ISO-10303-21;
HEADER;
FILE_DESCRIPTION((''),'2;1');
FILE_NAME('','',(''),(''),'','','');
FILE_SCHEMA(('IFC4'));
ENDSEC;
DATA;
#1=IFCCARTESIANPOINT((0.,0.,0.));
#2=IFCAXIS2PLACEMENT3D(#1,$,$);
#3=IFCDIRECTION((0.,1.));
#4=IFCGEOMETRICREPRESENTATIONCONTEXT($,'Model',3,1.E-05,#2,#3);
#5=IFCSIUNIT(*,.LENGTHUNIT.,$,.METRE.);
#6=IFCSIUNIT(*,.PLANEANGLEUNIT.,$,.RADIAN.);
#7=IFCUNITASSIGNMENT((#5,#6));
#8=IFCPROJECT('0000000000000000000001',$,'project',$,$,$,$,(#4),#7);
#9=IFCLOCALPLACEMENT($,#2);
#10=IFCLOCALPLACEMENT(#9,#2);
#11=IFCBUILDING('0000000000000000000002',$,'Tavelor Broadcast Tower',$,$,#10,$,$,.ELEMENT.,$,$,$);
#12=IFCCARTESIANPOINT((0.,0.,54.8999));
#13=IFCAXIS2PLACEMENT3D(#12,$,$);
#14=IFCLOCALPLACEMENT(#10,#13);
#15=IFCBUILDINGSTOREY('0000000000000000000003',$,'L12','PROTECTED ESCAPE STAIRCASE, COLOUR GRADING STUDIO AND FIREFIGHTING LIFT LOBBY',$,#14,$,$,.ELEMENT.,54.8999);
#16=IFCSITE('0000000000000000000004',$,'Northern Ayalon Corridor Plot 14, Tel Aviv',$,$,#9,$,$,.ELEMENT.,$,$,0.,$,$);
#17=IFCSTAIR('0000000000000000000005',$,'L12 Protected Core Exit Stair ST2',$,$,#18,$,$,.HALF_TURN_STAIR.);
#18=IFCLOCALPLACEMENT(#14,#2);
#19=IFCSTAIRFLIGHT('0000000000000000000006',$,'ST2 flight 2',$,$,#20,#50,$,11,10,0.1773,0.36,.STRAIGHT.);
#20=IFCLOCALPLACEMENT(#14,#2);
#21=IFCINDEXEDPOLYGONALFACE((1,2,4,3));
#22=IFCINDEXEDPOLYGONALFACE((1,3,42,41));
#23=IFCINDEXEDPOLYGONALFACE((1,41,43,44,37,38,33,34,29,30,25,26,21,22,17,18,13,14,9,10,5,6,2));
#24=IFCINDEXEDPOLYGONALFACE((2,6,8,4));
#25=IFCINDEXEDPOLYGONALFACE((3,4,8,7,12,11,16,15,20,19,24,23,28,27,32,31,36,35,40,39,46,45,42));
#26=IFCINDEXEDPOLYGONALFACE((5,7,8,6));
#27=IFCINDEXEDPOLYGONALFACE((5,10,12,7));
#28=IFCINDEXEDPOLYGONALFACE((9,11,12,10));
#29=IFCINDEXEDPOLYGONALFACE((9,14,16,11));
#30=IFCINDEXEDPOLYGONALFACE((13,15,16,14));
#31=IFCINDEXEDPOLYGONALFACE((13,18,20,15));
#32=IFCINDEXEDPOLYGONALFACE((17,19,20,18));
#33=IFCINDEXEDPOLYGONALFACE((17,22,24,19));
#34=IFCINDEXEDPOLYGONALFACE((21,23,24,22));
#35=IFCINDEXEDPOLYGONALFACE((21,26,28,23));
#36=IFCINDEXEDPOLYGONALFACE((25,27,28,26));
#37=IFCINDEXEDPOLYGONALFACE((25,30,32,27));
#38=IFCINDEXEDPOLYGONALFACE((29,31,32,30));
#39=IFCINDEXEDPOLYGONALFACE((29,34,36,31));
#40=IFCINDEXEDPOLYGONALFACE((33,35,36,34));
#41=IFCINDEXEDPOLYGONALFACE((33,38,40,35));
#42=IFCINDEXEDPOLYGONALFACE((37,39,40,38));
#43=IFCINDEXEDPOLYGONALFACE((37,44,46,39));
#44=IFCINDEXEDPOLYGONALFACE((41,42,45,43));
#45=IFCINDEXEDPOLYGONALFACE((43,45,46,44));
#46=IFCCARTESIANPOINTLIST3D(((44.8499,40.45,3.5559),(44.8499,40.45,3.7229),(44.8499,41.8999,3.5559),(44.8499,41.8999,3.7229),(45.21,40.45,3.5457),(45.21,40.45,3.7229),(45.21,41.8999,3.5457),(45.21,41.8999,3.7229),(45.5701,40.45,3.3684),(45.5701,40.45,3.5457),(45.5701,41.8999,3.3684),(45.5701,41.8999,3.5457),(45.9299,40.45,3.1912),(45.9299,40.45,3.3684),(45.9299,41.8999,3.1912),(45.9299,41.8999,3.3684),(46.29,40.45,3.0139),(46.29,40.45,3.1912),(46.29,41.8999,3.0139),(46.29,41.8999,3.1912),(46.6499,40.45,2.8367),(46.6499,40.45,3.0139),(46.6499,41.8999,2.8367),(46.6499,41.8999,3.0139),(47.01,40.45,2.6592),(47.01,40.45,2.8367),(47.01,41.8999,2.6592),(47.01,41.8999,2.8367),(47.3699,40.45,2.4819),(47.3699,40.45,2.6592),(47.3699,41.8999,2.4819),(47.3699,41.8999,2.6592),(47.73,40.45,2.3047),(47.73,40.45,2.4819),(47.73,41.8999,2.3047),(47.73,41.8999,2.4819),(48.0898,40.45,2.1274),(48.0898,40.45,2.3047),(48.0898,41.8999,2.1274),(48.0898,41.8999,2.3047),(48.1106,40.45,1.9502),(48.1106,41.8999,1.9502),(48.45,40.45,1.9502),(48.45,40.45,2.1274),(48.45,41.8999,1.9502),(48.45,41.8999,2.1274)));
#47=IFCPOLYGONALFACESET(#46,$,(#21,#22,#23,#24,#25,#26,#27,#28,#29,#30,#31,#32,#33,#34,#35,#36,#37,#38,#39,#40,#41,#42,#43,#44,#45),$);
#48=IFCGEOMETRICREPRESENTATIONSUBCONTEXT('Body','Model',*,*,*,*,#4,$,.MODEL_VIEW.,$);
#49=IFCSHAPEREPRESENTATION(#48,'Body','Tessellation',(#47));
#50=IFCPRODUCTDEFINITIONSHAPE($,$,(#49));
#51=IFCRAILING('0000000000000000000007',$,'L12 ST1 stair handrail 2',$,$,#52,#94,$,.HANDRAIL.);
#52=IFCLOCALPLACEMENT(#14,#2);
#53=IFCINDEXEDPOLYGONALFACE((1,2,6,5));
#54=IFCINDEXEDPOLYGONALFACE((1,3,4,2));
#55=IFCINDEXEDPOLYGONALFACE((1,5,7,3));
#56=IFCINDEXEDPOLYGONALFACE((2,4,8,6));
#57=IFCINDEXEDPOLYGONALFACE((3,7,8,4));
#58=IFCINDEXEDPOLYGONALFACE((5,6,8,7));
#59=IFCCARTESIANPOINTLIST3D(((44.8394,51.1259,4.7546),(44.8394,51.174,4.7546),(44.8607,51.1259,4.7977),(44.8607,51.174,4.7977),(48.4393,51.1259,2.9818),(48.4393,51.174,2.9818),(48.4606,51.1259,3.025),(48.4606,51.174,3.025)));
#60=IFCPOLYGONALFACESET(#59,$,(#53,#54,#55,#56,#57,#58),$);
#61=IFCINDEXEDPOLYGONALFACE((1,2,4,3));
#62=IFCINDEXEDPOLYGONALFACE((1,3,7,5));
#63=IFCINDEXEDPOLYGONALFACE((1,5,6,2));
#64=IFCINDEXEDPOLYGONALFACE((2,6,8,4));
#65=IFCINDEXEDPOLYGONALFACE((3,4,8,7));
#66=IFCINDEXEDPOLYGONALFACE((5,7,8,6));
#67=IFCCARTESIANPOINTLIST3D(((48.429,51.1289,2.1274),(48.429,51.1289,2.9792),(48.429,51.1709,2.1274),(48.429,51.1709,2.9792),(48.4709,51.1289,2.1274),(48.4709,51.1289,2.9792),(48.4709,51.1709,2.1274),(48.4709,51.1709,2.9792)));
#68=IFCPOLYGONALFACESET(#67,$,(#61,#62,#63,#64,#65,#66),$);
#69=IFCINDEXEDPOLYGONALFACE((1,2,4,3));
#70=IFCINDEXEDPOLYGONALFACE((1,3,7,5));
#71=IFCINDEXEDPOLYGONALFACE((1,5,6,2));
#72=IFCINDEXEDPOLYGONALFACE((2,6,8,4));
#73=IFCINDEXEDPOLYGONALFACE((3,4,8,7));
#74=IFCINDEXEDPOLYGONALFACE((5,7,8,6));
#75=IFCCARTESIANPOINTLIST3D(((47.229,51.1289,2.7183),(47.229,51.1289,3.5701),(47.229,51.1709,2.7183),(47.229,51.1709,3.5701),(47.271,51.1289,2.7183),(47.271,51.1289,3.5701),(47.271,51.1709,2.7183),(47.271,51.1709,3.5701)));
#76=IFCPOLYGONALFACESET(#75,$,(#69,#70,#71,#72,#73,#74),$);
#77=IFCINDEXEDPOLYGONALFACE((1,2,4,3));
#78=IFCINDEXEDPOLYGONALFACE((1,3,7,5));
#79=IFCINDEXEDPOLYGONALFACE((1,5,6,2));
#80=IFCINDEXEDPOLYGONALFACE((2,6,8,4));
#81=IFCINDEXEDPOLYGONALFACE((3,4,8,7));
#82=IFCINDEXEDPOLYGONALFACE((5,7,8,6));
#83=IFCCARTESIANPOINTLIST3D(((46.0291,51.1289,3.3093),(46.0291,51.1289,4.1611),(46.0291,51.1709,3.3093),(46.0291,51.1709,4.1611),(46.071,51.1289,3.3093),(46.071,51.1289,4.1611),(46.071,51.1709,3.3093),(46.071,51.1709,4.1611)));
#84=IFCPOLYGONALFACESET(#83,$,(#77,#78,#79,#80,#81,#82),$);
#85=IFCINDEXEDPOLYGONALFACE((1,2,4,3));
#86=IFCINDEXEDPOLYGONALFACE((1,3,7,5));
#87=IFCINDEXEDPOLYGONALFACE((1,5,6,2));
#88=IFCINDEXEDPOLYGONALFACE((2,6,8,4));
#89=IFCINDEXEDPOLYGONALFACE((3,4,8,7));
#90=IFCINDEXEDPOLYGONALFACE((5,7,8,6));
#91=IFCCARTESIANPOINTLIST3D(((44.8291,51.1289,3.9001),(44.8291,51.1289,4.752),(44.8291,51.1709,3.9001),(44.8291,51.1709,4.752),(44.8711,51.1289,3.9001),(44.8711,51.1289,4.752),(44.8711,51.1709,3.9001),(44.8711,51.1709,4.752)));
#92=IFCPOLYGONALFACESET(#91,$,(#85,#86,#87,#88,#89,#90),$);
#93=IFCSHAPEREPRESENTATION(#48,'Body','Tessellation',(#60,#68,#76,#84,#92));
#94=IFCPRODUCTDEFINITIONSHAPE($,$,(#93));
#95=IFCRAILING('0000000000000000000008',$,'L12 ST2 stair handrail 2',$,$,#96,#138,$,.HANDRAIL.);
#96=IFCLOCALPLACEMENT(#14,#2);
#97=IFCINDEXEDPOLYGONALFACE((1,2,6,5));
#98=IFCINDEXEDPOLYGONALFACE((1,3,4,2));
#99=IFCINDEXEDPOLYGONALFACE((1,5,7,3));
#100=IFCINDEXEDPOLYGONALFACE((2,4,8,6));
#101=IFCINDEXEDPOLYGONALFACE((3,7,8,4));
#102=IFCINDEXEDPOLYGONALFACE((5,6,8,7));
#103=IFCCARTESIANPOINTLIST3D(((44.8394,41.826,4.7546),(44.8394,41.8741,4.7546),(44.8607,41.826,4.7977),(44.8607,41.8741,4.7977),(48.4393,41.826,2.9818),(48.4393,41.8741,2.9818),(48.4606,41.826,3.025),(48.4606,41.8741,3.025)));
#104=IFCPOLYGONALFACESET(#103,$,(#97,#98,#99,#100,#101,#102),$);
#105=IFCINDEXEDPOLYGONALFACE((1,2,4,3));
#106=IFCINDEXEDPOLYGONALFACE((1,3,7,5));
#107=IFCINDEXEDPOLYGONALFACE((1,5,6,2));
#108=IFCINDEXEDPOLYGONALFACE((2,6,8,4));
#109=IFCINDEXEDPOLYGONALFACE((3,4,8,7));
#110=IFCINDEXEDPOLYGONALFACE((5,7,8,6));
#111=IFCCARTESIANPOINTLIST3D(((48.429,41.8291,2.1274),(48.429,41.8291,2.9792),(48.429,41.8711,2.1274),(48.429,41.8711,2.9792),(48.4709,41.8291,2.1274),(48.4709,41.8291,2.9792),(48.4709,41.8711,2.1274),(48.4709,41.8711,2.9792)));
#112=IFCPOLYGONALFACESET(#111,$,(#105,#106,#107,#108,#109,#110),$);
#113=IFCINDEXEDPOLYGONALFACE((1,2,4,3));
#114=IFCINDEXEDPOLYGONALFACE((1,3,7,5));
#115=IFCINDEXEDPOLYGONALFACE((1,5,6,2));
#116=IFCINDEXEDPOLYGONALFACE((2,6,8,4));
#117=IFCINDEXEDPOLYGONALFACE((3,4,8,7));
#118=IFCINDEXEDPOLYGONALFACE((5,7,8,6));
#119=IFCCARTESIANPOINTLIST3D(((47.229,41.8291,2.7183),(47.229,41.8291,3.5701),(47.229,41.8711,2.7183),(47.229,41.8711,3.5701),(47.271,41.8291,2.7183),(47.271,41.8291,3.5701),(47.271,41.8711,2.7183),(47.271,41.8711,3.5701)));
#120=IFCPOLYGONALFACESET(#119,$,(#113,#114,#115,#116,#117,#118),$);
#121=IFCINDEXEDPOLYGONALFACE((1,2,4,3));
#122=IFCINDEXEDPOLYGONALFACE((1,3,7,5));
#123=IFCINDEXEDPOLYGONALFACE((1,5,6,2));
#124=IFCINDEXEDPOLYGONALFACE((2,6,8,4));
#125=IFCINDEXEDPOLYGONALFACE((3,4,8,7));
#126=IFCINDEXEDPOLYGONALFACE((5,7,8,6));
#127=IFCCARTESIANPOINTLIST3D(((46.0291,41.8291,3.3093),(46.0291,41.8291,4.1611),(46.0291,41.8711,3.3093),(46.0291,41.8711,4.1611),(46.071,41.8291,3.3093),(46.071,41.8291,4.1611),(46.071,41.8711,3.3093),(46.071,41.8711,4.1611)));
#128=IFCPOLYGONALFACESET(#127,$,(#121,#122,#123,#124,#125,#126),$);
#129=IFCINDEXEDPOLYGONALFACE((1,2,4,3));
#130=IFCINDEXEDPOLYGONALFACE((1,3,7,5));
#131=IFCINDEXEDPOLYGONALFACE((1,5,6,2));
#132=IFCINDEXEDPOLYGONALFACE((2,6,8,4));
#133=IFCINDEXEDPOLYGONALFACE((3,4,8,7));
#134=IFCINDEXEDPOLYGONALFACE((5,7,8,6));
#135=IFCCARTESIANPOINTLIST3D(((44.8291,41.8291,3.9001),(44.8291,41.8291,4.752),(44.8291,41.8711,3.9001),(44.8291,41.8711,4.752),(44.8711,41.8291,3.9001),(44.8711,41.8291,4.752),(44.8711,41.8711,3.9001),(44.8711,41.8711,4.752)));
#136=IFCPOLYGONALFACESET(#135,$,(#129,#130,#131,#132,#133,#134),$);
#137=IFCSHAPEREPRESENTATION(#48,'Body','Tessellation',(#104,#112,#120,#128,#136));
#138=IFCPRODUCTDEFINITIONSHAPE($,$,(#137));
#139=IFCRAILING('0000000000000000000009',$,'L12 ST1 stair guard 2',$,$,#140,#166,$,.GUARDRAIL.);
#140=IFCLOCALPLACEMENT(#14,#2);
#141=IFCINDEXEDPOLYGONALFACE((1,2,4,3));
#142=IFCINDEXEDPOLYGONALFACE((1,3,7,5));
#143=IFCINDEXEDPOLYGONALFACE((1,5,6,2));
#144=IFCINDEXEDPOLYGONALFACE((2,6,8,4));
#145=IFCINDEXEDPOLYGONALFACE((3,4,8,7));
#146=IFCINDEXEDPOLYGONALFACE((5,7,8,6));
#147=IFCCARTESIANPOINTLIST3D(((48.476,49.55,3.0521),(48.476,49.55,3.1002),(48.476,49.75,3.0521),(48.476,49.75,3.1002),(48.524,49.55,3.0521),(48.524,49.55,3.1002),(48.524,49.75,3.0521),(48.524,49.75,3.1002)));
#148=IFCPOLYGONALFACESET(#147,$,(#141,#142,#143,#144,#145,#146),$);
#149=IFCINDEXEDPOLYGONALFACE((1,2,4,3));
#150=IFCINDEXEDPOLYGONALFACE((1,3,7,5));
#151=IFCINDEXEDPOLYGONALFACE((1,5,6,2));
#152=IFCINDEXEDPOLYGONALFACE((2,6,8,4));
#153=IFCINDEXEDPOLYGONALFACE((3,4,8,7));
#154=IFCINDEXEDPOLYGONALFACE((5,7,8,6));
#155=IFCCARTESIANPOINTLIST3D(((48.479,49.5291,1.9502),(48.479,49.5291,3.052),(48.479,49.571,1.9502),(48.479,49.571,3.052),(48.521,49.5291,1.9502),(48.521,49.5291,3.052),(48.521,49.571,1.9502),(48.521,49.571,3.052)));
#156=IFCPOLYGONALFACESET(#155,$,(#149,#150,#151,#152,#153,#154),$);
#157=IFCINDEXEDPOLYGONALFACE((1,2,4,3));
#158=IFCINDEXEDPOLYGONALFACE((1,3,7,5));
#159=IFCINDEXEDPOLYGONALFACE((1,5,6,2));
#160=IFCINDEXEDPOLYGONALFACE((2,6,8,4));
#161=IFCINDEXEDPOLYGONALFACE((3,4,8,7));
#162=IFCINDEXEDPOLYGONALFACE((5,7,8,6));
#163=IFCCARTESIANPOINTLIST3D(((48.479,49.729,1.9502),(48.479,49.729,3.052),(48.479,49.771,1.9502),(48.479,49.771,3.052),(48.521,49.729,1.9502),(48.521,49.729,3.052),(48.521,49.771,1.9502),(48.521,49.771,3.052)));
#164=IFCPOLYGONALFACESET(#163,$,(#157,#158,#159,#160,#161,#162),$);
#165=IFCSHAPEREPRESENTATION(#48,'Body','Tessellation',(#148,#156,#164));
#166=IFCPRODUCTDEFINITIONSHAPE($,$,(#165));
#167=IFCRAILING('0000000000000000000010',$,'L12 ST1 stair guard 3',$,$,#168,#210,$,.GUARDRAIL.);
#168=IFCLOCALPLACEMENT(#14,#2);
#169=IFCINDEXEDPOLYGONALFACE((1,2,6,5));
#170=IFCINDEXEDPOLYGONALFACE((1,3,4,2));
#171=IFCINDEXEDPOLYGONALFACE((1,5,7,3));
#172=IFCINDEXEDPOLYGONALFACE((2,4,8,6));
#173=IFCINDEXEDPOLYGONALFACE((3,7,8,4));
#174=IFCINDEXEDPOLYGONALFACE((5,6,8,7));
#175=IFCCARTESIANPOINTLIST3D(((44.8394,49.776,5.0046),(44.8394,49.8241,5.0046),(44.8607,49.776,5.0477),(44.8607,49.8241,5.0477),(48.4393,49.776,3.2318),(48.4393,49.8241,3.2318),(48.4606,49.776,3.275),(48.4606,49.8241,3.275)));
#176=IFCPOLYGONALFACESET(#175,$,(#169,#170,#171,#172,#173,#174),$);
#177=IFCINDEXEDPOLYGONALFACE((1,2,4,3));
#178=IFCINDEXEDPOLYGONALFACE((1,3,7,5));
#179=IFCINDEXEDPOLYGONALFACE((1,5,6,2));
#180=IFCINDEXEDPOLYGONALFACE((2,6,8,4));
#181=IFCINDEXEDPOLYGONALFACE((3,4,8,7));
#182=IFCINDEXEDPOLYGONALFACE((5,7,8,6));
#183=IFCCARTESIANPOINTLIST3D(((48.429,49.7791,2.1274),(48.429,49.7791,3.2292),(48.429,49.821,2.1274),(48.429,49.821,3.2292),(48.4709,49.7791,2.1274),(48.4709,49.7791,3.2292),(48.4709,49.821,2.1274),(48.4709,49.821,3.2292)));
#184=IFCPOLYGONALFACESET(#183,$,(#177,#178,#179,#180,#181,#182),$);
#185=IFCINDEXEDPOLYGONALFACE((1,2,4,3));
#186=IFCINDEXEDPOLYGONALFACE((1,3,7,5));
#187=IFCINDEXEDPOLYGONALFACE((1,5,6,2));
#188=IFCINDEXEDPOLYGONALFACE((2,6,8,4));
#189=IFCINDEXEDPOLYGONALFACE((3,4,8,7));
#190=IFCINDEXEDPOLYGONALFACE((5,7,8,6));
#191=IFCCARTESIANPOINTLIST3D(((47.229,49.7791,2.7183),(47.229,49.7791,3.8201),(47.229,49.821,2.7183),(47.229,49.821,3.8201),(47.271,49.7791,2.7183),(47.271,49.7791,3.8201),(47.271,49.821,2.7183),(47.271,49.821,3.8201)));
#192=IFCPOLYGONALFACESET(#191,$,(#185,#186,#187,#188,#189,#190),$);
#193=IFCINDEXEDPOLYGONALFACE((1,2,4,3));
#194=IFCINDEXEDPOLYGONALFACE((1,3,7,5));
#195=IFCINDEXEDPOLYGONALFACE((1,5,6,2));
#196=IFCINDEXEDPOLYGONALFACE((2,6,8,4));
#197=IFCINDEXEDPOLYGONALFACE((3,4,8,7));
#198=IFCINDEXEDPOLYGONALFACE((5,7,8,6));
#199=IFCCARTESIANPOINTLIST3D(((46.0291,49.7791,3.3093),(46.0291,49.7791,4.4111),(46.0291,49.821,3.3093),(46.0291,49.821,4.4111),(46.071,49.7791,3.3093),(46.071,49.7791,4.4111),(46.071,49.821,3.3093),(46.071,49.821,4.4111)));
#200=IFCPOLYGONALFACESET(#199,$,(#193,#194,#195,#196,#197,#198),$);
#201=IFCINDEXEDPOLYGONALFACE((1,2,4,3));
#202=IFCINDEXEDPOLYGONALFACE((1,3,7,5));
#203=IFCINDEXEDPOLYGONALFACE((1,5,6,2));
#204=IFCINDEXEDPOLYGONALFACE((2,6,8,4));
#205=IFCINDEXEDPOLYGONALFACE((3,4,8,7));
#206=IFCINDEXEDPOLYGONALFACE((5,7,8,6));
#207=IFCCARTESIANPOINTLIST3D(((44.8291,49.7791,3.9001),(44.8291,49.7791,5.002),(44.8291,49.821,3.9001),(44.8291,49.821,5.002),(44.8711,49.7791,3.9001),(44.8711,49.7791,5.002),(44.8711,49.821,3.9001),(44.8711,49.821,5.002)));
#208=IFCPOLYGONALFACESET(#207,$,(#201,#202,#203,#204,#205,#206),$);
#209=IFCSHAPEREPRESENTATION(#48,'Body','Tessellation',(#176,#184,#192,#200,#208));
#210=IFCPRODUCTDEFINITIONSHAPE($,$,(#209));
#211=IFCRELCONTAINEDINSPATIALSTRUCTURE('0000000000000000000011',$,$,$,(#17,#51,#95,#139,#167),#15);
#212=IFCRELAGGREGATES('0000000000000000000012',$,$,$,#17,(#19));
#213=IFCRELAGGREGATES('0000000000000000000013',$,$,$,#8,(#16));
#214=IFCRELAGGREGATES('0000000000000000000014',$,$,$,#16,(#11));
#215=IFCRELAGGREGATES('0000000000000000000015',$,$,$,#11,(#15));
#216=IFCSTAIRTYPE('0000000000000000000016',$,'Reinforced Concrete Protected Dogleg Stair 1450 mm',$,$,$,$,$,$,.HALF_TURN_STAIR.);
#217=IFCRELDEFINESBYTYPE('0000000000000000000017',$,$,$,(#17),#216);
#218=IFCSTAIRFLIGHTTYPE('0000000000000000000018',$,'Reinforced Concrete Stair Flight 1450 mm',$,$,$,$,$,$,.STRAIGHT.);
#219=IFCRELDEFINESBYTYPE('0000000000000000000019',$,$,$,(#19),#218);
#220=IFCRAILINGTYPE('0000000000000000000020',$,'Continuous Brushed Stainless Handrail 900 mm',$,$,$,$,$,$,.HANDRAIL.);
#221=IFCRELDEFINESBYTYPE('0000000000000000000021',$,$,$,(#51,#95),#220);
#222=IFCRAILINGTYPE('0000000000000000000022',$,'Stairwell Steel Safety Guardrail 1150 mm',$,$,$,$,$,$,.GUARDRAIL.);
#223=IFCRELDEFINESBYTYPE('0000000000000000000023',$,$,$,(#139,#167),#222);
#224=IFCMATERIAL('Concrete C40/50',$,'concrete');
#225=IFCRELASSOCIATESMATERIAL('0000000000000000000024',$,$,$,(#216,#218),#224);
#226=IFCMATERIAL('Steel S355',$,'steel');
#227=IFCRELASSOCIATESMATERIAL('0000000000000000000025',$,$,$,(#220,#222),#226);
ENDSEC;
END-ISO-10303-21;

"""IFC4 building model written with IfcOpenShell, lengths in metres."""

from ifc_helpers import new_model, si_unit, direction, frame, origin, origin_2d, place, context, subcontext, project, spatial, polyline, rectangle, outline, extrude, material, type_object, element, aggregate, save


model = new_model("IFC4")

# Units and contexts
model_context = context("Model", 3, precision=1e-05, world=origin(), true_north=direction((0.0, 1.0)))
body_context = subcontext(model_context, "Body", "Model", "MODEL_VIEW")
ifc_project = project(units=[si_unit("LENGTHUNIT", "METRE"), si_unit("PLANEANGLEUNIT", "RADIAN")], contexts=[model_context])

# Site, building, storey
site_placement = place(None, origin())
site = spatial("IfcSite", under=ifc_project, at=site_placement, Name="Northern Ayalon Corridor Plot 14, Tel Aviv", CompositionType="ELEMENT", RefElevation=0.0)
building_placement = place(site_placement, origin())
building = spatial("IfcBuilding", under=site, at=building_placement, Name="Tavelor Broadcast Tower", CompositionType="ELEMENT")
storey_placement = place(building_placement, frame((0.0, 0.0, 54.8999)))
storey = spatial("IfcBuildingStorey", under=building, at=storey_placement, Name="L12", Description="PROTECTED ESCAPE STAIRCASE, COLOUR GRADING STUDIO AND FIREFIGHTING LIFT LOBBY", CompositionType="ELEMENT", Elevation=54.8999)

# Shared definitions
ifc_material_1 = material(Name="Concrete C40/50", Category="concrete")
ifc_material_2 = material(Name="Steel S355", Category="steel")

# Stair, stair flight
stair_type = type_object("IfcStairType", Name="Reinforced Concrete Protected Dogleg Stair 1450 mm", PredefinedType="HALF_TURN_STAIR", material=ifc_material_1)
stair_flight_type = type_object("IfcStairFlightType", Name="Reinforced Concrete Stair Flight 1450 mm", PredefinedType="STRAIGHT", material=ifc_material_1)
stair_1_placement = place(storey_placement, origin())
stair_1 = element("IfcStair", 1, at=stair_1_placement, inside=storey, type_object=stair_type, Name="L12 Protected Core Exit Stair ST2", PredefinedType="HALF_TURN_STAIR")
stair_flight_1_placement = place(storey_placement, frame((48.45, 41.175, 1.9502), z_axis=(0.0, 0.0, 1.0), x_axis=(-1.0, 0.0, 0.0)))
stair_flight_1 = element("IfcStairFlight", 2, at=stair_flight_1_placement, type_object=stair_flight_type, Name="ST2 flight 2", NumberOfRisers=11, NumberOfTreads=10, PredefinedType="STRAIGHT", RiserHeight=0.1773, TreadLength=0.36, context=body_context, shape_type="SweptSolid", body=[
    extrude(outline(polyline([(0.0, 0.0), (0.0, 0.1772), (0.3601, 0.1772), (0.3601, 0.3545), (0.72, 0.3545), (0.72, 0.5317), (1.0801, 0.5317), (1.0801, 0.709), (1.4399, 0.709), (1.4399, 0.8865), (1.8, 0.8865), (1.8, 1.0637), (2.1599, 1.0637), (2.1599, 1.241), (2.52, 1.241), (2.52, 1.4182), (2.8799, 1.4182), (2.8799, 1.5955), (3.24, 1.5955), (3.24, 1.7727), (3.6001, 1.7727), (3.6001, 1.95), (3.6001, 1.6057), (0.3394, 0.0), (0.0, 0.0)])), frame((0.0, 0.7251, 0.0), z_axis=(0.0, -1.0, 0.0), x_axis=(1.0, 0.0, 0.0)), (0.0, 0.0, 1.0), 1.45),
])
aggregate(stair_1, [stair_flight_1])

# Railings
railing_type_1 = type_object("IfcRailingType", Name="Continuous Brushed Stainless Handrail 900 mm", PredefinedType="HANDRAIL", material=ifc_material_2)
for number, where, name in (
    (3, (48.45, 51.1499, 2.1274), "L12 ST1 stair handrail 2"),
    (4, (48.45, 41.8501, 2.1274), "L12 ST2 stair handrail 2"),
):
    element("IfcRailing", number, at=place(storey_placement, frame(where)), inside=storey, type_object=railing_type_1, Name=name, PredefinedType="HANDRAIL", context=body_context, shape_type="SweptSolid", body=[
        extrude(rectangle(XDim=0.0481, YDim=0.0481, at=origin_2d()), frame((0.0, 0.0, 0.876), z_axis=(-0.897124, 0.0, 0.441778), x_axis=(0.0, -1.0, 0.0)), (0.0, 0.0, 1.0), 4.0127),
        extrude(rectangle(XDim=0.042, YDim=0.042, at=origin_2d()), origin(), (0.0, 0.0, 1.0), 0.8518),
        extrude(rectangle(XDim=0.042, YDim=0.042, at=origin_2d()), frame((-1.2, 0.0, 0.5908)), (0.0, 0.0, 1.0), 0.8518),
        extrude(rectangle(XDim=0.042, YDim=0.042, at=origin_2d()), frame((-2.3999, 0.0, 1.1819)), (0.0, 0.0, 1.0), 0.8518),
        extrude(rectangle(XDim=0.042, YDim=0.042, at=origin_2d()), frame((-3.5999, 0.0, 1.7727)), (0.0, 0.0, 1.0), 0.8518),
    ])
railing_type_2 = type_object("IfcRailingType", Name="Stairwell Steel Safety Guardrail 1150 mm", PredefinedType="GUARDRAIL", material=ifc_material_2)
railing_1_placement = place(storey_placement, frame((48.5, 49.55, 1.9502)))
element("IfcRailing", 5, at=railing_1_placement, inside=storey, type_object=railing_type_2, Name="L12 ST1 stair guard 2", PredefinedType="GUARDRAIL", context=body_context, shape_type="SweptSolid", body=[
    extrude(rectangle(XDim=0.0481, YDim=0.0481, at=origin_2d()), frame((0.0, 0.0, 1.126), z_axis=(0.0, 1.0, 0.0), x_axis=(-1.0, 0.0, 0.0)), (0.0, 0.0, 1.0), 0.2),
    extrude(rectangle(XDim=0.042, YDim=0.042, at=origin_2d()), origin(), (0.0, 0.0, 1.0), 1.1018),
    extrude(rectangle(XDim=0.042, YDim=0.042, at=origin_2d()), frame((0.0, 0.2, 0.0)), (0.0, 0.0, 1.0), 1.1018),
])
railing_2_placement = place(storey_placement, frame((48.45, 49.8, 2.1274)))
element("IfcRailing", 6, at=railing_2_placement, inside=storey, type_object=railing_type_2, Name="L12 ST1 stair guard 3", PredefinedType="GUARDRAIL", context=body_context, shape_type="SweptSolid", body=[
    extrude(rectangle(XDim=0.0481, YDim=0.0481, at=origin_2d()), frame((0.0, 0.0, 1.126), z_axis=(-0.897124, 0.0, 0.441778), x_axis=(0.0, -1.0, 0.0)), (0.0, 0.0, 1.0), 4.0127),
    extrude(rectangle(XDim=0.042, YDim=0.042, at=origin_2d()), origin(), (0.0, 0.0, 1.0), 1.1018),
    extrude(rectangle(XDim=0.042, YDim=0.042, at=origin_2d()), frame((-1.2, 0.0, 0.5908)), (0.0, 0.0, 1.0), 1.1018),
    extrude(rectangle(XDim=0.042, YDim=0.042, at=origin_2d()), frame((-2.3999, 0.0, 1.1819)), (0.0, 0.0, 1.0), 1.1018),
    extrude(rectangle(XDim=0.042, YDim=0.042, at=origin_2d()), frame((-3.5999, 0.0, 1.7727)), (0.0, 0.0, 1.0), 1.1018),
])

save(model, "model.ifc")
